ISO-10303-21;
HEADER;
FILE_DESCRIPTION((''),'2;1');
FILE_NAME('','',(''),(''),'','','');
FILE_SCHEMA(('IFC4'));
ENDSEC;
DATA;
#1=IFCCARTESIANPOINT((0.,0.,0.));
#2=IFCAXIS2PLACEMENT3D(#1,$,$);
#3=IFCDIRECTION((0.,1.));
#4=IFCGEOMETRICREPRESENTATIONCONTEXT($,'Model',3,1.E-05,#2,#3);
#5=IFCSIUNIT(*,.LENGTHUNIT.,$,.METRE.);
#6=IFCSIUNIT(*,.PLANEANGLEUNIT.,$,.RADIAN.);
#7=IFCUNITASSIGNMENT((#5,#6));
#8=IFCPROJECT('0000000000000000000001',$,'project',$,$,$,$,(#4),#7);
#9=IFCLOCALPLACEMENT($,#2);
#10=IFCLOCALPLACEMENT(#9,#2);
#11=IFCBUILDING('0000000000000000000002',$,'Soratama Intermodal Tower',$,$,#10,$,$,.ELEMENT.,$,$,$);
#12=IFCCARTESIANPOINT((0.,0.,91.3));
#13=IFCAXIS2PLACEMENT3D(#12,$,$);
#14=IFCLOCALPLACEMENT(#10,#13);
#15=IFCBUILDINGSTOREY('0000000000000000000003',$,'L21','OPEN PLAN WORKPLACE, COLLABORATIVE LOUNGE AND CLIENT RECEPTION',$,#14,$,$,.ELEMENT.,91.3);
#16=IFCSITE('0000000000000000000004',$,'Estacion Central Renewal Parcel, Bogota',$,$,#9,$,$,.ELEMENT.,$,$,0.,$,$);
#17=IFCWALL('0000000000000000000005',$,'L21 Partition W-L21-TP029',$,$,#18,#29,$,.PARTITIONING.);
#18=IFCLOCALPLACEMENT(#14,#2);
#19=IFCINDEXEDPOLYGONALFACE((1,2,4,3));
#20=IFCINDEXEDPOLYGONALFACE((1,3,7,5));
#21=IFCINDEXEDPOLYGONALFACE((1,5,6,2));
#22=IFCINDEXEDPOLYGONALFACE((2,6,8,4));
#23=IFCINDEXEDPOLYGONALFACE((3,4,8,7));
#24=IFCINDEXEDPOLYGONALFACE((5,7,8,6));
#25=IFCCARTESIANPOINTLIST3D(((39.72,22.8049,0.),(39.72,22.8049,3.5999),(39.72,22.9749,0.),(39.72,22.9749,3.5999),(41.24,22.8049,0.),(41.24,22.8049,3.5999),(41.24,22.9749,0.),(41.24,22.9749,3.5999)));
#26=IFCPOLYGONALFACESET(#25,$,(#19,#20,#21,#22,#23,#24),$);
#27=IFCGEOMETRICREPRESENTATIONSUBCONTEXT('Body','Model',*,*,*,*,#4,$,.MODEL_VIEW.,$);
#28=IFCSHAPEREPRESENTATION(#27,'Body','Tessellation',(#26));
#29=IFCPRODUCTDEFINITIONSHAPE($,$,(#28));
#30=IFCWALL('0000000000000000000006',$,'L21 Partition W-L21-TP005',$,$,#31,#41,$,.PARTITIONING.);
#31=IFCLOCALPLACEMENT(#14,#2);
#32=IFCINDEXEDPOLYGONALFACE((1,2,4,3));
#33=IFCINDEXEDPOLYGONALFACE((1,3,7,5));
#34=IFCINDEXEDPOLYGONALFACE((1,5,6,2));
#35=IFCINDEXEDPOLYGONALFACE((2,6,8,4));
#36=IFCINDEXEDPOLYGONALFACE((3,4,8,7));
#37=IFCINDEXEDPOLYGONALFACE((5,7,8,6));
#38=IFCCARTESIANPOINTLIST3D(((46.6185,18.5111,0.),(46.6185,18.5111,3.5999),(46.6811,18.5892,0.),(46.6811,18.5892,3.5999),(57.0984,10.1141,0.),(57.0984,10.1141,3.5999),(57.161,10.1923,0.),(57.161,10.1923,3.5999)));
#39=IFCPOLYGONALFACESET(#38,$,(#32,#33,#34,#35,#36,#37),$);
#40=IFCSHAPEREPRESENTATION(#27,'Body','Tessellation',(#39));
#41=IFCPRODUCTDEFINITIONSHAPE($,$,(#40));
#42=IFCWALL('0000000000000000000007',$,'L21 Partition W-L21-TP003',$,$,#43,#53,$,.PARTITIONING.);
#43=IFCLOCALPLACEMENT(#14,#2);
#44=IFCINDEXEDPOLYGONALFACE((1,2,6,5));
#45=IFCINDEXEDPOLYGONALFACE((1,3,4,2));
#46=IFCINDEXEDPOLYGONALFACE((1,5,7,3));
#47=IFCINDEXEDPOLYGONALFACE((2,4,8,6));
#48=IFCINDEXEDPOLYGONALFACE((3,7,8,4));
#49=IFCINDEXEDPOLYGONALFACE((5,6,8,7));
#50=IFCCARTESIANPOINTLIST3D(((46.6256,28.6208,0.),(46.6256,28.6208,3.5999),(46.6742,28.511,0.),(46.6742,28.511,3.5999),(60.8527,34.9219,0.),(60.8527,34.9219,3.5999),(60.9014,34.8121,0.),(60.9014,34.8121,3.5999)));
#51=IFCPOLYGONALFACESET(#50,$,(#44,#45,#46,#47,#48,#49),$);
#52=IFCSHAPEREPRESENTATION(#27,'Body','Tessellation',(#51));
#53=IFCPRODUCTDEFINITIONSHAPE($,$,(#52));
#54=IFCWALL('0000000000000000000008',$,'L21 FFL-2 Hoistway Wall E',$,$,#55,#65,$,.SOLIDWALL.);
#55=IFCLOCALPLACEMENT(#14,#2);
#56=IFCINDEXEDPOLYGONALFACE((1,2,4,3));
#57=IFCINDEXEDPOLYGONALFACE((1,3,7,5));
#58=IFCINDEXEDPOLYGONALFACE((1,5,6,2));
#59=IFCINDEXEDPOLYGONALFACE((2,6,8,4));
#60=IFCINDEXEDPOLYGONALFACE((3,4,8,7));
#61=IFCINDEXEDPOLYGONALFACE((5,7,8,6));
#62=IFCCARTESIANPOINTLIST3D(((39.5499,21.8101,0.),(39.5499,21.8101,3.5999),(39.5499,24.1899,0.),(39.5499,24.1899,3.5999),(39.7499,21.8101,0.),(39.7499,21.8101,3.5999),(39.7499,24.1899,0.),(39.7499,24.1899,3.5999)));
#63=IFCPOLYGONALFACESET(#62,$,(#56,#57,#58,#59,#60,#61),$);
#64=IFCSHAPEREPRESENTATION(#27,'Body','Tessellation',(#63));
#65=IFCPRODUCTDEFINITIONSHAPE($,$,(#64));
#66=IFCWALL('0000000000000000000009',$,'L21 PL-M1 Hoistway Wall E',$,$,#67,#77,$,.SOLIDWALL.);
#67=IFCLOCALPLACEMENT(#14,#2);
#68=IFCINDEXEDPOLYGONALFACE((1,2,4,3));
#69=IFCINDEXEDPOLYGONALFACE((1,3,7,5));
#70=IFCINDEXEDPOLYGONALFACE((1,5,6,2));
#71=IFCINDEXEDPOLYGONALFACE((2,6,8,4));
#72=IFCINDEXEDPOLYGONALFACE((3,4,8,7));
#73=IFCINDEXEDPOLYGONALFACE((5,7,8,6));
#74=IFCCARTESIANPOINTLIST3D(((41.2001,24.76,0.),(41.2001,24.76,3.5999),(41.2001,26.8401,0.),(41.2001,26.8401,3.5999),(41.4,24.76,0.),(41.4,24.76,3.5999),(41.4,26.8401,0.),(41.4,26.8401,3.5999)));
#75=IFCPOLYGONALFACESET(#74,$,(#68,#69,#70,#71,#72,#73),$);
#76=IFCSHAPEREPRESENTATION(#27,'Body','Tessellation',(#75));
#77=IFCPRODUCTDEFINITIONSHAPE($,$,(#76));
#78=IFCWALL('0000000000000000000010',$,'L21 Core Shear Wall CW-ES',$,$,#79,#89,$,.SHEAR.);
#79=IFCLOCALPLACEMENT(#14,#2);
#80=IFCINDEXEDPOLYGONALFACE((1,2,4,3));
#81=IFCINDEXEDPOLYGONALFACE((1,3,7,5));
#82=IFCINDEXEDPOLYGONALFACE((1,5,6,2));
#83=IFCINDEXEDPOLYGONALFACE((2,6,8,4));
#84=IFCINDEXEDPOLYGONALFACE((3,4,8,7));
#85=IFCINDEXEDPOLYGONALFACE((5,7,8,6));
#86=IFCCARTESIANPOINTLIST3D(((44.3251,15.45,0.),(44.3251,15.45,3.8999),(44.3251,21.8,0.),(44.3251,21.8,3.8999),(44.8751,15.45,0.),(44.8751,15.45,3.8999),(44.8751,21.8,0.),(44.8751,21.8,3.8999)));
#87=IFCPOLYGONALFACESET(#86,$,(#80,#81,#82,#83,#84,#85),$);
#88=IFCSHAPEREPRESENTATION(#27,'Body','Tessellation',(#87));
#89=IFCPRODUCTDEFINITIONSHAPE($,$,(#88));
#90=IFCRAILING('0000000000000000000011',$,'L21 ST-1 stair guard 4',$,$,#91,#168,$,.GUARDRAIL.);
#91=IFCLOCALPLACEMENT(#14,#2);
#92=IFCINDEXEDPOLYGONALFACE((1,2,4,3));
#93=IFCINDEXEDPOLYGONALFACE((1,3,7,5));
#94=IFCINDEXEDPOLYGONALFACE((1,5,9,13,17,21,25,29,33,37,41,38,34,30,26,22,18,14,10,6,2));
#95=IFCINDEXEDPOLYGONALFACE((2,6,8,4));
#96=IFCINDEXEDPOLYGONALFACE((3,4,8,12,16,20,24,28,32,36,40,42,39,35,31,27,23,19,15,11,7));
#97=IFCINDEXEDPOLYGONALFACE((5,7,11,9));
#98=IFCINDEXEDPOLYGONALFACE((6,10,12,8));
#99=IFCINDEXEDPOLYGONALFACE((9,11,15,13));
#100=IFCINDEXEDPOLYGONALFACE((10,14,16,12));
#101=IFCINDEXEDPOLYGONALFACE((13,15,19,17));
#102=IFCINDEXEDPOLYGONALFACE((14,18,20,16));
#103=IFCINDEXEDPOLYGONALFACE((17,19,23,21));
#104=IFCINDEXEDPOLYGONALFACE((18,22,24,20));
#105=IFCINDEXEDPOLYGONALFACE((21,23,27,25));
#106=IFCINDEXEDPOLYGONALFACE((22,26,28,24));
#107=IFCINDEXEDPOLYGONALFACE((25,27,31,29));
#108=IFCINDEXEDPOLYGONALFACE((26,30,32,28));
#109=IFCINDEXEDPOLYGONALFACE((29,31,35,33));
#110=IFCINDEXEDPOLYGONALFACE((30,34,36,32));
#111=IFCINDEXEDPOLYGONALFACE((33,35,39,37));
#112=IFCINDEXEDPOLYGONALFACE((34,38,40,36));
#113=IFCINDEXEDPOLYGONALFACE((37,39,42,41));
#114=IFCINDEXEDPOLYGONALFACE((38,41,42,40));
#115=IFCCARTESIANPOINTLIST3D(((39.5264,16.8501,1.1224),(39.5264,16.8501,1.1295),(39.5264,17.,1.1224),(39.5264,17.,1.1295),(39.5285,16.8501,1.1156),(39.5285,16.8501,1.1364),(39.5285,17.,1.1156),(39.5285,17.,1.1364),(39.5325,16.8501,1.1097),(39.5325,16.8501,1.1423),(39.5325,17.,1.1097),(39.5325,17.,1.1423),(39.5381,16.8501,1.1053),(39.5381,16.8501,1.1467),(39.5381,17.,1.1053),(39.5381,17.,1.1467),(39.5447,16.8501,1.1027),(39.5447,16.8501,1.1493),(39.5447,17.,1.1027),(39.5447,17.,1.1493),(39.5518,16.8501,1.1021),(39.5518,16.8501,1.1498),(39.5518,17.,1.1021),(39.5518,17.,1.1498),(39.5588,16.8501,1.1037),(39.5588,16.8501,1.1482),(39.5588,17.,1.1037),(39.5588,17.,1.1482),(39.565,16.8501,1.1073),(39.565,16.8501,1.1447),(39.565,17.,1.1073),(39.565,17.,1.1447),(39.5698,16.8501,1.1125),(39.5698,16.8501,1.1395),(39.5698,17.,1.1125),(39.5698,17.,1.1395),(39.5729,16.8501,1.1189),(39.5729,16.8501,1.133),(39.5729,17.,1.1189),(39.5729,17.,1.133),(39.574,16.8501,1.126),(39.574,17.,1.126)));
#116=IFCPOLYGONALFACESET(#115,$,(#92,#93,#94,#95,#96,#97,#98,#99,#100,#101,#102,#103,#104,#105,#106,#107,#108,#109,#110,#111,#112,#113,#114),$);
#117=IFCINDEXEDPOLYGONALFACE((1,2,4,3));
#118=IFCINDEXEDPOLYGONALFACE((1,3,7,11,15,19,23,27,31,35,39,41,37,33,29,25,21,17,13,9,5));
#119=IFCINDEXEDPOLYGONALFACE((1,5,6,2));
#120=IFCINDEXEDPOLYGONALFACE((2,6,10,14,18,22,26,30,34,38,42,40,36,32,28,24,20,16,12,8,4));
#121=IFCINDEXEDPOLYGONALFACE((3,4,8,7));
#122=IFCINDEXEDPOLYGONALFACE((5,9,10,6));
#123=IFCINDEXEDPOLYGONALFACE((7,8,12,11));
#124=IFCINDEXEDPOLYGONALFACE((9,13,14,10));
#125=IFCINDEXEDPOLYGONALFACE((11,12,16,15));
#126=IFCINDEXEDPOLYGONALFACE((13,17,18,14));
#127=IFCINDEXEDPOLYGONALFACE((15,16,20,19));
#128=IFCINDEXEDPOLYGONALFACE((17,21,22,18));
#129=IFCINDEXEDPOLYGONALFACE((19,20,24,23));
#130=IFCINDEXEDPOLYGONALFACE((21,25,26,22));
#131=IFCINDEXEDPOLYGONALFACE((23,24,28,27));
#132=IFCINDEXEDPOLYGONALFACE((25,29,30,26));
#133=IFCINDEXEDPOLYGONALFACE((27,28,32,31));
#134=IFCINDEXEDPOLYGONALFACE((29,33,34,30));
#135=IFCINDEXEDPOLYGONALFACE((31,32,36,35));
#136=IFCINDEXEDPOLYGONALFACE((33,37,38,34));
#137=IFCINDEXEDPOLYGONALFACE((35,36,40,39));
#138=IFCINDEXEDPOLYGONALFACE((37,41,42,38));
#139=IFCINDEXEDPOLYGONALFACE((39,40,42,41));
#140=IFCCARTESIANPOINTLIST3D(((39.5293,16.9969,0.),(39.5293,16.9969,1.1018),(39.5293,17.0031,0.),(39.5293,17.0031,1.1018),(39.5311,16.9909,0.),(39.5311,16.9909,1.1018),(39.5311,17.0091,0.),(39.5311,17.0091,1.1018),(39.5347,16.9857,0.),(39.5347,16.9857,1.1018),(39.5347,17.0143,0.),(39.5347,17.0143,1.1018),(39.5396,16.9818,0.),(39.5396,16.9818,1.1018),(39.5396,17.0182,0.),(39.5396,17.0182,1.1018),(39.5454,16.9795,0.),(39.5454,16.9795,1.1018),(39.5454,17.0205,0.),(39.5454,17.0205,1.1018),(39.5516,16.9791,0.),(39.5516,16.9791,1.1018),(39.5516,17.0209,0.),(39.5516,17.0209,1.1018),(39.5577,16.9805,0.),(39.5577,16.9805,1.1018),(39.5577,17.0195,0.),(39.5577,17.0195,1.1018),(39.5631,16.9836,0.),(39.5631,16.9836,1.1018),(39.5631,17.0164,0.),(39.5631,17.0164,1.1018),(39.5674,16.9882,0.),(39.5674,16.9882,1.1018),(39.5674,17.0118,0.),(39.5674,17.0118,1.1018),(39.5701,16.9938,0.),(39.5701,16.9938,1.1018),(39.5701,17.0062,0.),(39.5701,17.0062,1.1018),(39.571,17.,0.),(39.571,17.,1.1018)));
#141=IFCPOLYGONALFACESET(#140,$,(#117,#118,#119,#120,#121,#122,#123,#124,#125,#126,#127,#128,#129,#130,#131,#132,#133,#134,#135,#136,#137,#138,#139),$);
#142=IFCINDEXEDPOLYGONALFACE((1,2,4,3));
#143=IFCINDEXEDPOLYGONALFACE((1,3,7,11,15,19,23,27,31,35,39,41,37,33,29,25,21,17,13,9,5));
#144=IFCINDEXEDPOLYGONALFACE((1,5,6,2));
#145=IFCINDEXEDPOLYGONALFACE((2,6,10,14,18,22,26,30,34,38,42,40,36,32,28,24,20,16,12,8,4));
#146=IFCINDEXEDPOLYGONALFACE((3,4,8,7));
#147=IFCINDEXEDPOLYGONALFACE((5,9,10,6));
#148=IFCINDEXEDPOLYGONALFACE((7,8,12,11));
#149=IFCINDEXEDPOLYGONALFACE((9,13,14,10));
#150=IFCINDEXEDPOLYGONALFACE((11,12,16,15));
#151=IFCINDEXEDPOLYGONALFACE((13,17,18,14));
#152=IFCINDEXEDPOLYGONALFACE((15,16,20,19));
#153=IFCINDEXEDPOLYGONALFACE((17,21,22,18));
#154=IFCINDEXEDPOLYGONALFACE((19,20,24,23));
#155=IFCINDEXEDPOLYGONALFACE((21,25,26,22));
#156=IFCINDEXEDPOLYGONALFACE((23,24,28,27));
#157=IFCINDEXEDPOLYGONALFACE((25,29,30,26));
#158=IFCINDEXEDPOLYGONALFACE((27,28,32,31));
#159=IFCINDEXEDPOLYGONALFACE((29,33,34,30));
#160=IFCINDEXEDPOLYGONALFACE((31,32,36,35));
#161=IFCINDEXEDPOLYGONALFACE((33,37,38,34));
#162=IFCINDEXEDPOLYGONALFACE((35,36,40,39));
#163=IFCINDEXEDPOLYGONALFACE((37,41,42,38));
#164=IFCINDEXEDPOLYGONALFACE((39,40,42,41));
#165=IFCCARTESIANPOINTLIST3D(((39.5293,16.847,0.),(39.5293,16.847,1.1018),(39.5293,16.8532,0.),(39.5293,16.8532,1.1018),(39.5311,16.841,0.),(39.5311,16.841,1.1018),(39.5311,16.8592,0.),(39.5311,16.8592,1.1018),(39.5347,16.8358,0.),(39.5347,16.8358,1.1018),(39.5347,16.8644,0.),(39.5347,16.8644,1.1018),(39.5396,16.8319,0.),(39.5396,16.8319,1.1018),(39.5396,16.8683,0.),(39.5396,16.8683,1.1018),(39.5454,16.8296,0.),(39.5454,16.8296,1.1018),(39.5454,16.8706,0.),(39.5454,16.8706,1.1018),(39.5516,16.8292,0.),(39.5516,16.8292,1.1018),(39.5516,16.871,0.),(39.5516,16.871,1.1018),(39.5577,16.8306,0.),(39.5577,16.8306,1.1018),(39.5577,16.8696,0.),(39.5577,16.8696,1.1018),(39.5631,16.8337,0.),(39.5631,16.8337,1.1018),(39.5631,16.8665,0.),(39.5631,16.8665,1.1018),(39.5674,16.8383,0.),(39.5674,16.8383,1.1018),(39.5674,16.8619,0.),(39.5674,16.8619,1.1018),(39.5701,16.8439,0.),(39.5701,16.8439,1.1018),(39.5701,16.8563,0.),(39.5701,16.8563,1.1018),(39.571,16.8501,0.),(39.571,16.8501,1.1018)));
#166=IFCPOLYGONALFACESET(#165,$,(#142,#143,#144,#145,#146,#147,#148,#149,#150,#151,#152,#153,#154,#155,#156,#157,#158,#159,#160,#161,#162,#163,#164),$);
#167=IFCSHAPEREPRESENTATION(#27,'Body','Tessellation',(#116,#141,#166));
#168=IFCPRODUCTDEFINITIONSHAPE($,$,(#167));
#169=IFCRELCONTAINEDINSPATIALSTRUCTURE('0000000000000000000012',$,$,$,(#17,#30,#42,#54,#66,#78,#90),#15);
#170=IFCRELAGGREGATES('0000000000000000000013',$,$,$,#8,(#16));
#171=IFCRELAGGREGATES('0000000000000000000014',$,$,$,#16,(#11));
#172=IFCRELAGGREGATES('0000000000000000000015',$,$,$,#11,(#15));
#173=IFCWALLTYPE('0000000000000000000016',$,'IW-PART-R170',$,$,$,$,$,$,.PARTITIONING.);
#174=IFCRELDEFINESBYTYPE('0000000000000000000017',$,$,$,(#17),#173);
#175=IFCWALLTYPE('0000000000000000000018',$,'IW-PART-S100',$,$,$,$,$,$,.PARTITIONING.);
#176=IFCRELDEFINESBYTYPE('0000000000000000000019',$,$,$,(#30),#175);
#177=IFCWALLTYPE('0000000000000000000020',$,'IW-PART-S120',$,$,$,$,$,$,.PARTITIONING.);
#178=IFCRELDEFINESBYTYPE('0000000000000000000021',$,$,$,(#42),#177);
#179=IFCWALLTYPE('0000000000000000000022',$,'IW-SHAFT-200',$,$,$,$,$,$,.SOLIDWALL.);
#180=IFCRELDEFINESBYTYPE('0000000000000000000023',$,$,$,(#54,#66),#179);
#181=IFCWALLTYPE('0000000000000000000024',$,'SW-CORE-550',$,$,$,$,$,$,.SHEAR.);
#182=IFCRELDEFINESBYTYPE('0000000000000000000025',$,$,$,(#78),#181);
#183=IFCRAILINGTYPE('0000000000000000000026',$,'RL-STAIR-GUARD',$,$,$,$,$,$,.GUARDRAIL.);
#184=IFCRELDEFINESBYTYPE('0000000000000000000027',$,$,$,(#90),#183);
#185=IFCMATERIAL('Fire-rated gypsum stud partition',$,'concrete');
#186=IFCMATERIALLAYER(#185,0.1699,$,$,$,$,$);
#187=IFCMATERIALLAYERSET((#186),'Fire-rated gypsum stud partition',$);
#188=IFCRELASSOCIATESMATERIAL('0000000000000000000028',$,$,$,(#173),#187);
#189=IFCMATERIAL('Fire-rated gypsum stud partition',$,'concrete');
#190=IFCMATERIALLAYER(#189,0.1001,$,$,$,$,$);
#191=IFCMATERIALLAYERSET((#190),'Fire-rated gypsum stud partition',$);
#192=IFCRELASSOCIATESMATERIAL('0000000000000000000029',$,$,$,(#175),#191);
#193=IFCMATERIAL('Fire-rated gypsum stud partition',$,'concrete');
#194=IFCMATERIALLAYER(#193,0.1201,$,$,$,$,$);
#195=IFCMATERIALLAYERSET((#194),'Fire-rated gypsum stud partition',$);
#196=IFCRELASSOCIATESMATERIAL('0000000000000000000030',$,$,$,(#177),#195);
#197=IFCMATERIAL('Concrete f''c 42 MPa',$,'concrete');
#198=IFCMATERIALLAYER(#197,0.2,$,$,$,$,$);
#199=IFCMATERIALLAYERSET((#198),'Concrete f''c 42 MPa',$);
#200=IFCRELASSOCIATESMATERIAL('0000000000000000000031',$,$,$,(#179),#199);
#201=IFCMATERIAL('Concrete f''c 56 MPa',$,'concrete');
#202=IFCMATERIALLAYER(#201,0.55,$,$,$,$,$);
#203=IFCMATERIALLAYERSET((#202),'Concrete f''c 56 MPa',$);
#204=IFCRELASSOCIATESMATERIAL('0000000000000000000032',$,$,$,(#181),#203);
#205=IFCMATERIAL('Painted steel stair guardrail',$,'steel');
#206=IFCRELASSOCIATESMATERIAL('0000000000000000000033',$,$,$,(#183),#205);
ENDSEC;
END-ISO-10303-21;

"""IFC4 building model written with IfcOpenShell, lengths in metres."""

from ifc_helpers import new_model, si_unit, direction, frame, frame_2d, origin, origin_2d, place, context, subcontext, project, spatial, rectangle, circle, extrude, material, layer, layer_set, type_object, element, save


model = new_model("IFC4")

# Units and contexts
model_context = context("Model", 3, precision=1e-05, world=origin(), true_north=direction((0.0, 1.0)))
body_context = subcontext(model_context, "Body", "Model", "MODEL_VIEW")
ifc_project = project(units=[si_unit("LENGTHUNIT", "METRE"), si_unit("PLANEANGLEUNIT", "RADIAN")], contexts=[model_context])

# Site, building, storey
site_placement = place(None, origin())
site = spatial("IfcSite", under=ifc_project, at=site_placement, Name="Estacion Central Renewal Parcel, Bogota", CompositionType="ELEMENT", RefElevation=0.0)
building_placement = place(site_placement, origin())
building = spatial("IfcBuilding", under=site, at=building_placement, Name="Soratama Intermodal Tower", CompositionType="ELEMENT")
storey_placement = place(building_placement, frame((0.0, 0.0, 91.3)))
storey = spatial("IfcBuildingStorey", under=building, at=storey_placement, Name="L21", Description="OPEN PLAN WORKPLACE, COLLABORATIVE LOUNGE AND CLIENT RECEPTION", CompositionType="ELEMENT", Elevation=91.3)

# Shared definitions
ifc_material_1 = material(Name="Fire-rated gypsum stud partition", Category="concrete")
ifc_layer_1 = layer(ifc_material_1, 0.1699)
ifc_layer_set_1 = layer_set([ifc_layer_1], Name="Fire-rated gypsum stud partition")
wall_type_1 = type_object("IfcWallType", Name="IW-PART-R170", PredefinedType="PARTITIONING", material=ifc_layer_set_1)

# Walls
wall_1_placement = place(storey_placement, frame((39.72, 22.8899, 0.0), z_axis=(0.0, 0.0, 1.0), x_axis=(1.0, 0.0, 0.0)))
element("IfcWall", 1, at=wall_1_placement, inside=storey, type_object=wall_type_1, Name="L21 Partition W-L21-TP029", PredefinedType="PARTITIONING", context=body_context, shape_type="SweptSolid", body=[
    extrude(rectangle(XDim=1.52, YDim=0.1699, at=frame_2d((0.76, 0.0))), origin(), (0.0, 0.0, 1.0), 3.5999),
])
ifc_material_2 = material(Name="Fire-rated gypsum stud partition", Category="concrete")
ifc_layer_2 = layer(ifc_material_2, 0.1001)
ifc_layer_set_2 = layer_set([ifc_layer_2], Name="Fire-rated gypsum stud partition")
wall_type_2 = type_object("IfcWallType", Name="IW-PART-S100", PredefinedType="PARTITIONING", material=ifc_layer_set_2)
wall_2_placement = place(storey_placement, frame((46.6499, 18.55, 0.0), z_axis=(0.0, 0.0, 1.0), x_axis=(0.780397, -0.625285, 0.0)))
element("IfcWall", 2, at=wall_2_placement, inside=storey, type_object=wall_type_2, Name="L21 Partition W-L21-TP005", PredefinedType="PARTITIONING", context=body_context, shape_type="SweptSolid", body=[
    extrude(rectangle(XDim=13.429, YDim=0.1001, at=frame_2d((6.7144, 0.0))), origin(), (0.0, 0.0, 1.0), 3.5999),
])
ifc_material_3 = material(Name="Fire-rated gypsum stud partition", Category="concrete")
ifc_layer_3 = layer(ifc_material_3, 0.1201)
ifc_layer_set_3 = layer_set([ifc_layer_3], Name="Fire-rated gypsum stud partition")
wall_type_3 = type_object("IfcWallType", Name="IW-PART-S120", PredefinedType="PARTITIONING", material=ifc_layer_set_3)
wall_3_placement = place(storey_placement, frame((46.6499, 28.5659, 0.0), z_axis=(0.0, 0.0, 1.0), x_axis=(0.914338, 0.404952, 0.0)))
element("IfcWall", 3, at=wall_3_placement, inside=storey, type_object=wall_type_3, Name="L21 Partition W-L21-TP003", PredefinedType="PARTITIONING", context=body_context, shape_type="SweptSolid", body=[
    extrude(rectangle(XDim=15.5601, YDim=0.1201, at=frame_2d((7.78, 0.0))), origin(), (0.0, 0.0, 1.0), 3.5999),
])
ifc_material_4 = material(Name="Concrete f'c 42 MPa", Category="concrete")
ifc_layer_4 = layer(ifc_material_4, 0.2)
ifc_layer_set_4 = layer_set([ifc_layer_4], Name="Concrete f'c 42 MPa")
wall_type_4 = type_object("IfcWallType", Name="IW-SHAFT-200", PredefinedType="SOLIDWALL", material=ifc_layer_set_4)
wall_4_placement = place(storey_placement, frame((39.6499, 21.8101, 0.0), z_axis=(0.0, 0.0, 1.0), x_axis=(0.0, 1.0, 0.0)))
element("IfcWall", 4, at=wall_4_placement, inside=storey, type_object=wall_type_4, Name="L21 FFL-2 Hoistway Wall E", PredefinedType="SOLIDWALL", context=body_context, shape_type="SweptSolid", body=[
    extrude(rectangle(XDim=2.3799, YDim=0.2, at=frame_2d((1.1899, 0.0))), origin(), (0.0, 0.0, 1.0), 3.5999),
])
wall_5_placement = place(storey_placement, frame((41.3, 24.76, 0.0), z_axis=(0.0, 0.0, 1.0), x_axis=(0.0, 1.0, 0.0)))
element("IfcWall", 5, at=wall_5_placement, inside=storey, type_object=wall_type_4, Name="L21 PL-M1 Hoistway Wall E", PredefinedType="SOLIDWALL", context=body_context, shape_type="SweptSolid", body=[
    extrude(rectangle(XDim=2.0801, YDim=0.2, at=frame_2d((1.04, 0.0))), origin(), (0.0, 0.0, 1.0), 3.5999),
])
ifc_material_5 = material(Name="Concrete f'c 56 MPa", Category="concrete")
ifc_layer_5 = layer(ifc_material_5, 0.55)
ifc_layer_set_5 = layer_set([ifc_layer_5], Name="Concrete f'c 56 MPa")
wall_type_5 = type_object("IfcWallType", Name="SW-CORE-550", PredefinedType="SHEAR", material=ifc_layer_set_5)
wall_6_placement = place(storey_placement, frame((44.6001, 15.45, 0.0), z_axis=(0.0, 0.0, 1.0), x_axis=(0.0, 1.0, 0.0)))
element("IfcWall", 6, at=wall_6_placement, inside=storey, type_object=wall_type_5, Name="L21 Core Shear Wall CW-ES", PredefinedType="SHEAR", context=body_context, shape_type="SweptSolid", body=[
    extrude(rectangle(XDim=6.3501, YDim=0.55, at=frame_2d((3.175, 0.0))), origin(), (0.0, 0.0, 1.0), 3.8999),
])

# Railing
ifc_material_6 = material(Name="Painted steel stair guardrail", Category="steel")
railing_type = type_object("IfcRailingType", Name="RL-STAIR-GUARD", PredefinedType="GUARDRAIL", material=ifc_material_6)
railing_placement = place(storey_placement, frame((39.55, 17.0, 0.0)))
element("IfcRailing", 7, at=railing_placement, inside=storey, type_object=railing_type, Name="L21 ST-1 stair guard 4", PredefinedType="GUARDRAIL", context=body_context, shape_type="SweptSolid", body=[
    extrude(circle(Radius=0.0239, at=origin_2d()), frame((0.0, 0.0, 1.126), z_axis=(0.0, -1.0, 0.0), x_axis=(1.0, 0.0, 0.0)), (0.0, 0.0, 1.0), 0.1499),
    extrude(circle(Radius=0.021, at=origin_2d()), origin(), (0.0, 0.0, 1.0), 1.1018),
    extrude(circle(Radius=0.021, at=origin_2d()), frame((0.0, -0.1499, 0.0)), (0.0, 0.0, 1.0), 1.1018),
])

save(model, "model.ifc")
